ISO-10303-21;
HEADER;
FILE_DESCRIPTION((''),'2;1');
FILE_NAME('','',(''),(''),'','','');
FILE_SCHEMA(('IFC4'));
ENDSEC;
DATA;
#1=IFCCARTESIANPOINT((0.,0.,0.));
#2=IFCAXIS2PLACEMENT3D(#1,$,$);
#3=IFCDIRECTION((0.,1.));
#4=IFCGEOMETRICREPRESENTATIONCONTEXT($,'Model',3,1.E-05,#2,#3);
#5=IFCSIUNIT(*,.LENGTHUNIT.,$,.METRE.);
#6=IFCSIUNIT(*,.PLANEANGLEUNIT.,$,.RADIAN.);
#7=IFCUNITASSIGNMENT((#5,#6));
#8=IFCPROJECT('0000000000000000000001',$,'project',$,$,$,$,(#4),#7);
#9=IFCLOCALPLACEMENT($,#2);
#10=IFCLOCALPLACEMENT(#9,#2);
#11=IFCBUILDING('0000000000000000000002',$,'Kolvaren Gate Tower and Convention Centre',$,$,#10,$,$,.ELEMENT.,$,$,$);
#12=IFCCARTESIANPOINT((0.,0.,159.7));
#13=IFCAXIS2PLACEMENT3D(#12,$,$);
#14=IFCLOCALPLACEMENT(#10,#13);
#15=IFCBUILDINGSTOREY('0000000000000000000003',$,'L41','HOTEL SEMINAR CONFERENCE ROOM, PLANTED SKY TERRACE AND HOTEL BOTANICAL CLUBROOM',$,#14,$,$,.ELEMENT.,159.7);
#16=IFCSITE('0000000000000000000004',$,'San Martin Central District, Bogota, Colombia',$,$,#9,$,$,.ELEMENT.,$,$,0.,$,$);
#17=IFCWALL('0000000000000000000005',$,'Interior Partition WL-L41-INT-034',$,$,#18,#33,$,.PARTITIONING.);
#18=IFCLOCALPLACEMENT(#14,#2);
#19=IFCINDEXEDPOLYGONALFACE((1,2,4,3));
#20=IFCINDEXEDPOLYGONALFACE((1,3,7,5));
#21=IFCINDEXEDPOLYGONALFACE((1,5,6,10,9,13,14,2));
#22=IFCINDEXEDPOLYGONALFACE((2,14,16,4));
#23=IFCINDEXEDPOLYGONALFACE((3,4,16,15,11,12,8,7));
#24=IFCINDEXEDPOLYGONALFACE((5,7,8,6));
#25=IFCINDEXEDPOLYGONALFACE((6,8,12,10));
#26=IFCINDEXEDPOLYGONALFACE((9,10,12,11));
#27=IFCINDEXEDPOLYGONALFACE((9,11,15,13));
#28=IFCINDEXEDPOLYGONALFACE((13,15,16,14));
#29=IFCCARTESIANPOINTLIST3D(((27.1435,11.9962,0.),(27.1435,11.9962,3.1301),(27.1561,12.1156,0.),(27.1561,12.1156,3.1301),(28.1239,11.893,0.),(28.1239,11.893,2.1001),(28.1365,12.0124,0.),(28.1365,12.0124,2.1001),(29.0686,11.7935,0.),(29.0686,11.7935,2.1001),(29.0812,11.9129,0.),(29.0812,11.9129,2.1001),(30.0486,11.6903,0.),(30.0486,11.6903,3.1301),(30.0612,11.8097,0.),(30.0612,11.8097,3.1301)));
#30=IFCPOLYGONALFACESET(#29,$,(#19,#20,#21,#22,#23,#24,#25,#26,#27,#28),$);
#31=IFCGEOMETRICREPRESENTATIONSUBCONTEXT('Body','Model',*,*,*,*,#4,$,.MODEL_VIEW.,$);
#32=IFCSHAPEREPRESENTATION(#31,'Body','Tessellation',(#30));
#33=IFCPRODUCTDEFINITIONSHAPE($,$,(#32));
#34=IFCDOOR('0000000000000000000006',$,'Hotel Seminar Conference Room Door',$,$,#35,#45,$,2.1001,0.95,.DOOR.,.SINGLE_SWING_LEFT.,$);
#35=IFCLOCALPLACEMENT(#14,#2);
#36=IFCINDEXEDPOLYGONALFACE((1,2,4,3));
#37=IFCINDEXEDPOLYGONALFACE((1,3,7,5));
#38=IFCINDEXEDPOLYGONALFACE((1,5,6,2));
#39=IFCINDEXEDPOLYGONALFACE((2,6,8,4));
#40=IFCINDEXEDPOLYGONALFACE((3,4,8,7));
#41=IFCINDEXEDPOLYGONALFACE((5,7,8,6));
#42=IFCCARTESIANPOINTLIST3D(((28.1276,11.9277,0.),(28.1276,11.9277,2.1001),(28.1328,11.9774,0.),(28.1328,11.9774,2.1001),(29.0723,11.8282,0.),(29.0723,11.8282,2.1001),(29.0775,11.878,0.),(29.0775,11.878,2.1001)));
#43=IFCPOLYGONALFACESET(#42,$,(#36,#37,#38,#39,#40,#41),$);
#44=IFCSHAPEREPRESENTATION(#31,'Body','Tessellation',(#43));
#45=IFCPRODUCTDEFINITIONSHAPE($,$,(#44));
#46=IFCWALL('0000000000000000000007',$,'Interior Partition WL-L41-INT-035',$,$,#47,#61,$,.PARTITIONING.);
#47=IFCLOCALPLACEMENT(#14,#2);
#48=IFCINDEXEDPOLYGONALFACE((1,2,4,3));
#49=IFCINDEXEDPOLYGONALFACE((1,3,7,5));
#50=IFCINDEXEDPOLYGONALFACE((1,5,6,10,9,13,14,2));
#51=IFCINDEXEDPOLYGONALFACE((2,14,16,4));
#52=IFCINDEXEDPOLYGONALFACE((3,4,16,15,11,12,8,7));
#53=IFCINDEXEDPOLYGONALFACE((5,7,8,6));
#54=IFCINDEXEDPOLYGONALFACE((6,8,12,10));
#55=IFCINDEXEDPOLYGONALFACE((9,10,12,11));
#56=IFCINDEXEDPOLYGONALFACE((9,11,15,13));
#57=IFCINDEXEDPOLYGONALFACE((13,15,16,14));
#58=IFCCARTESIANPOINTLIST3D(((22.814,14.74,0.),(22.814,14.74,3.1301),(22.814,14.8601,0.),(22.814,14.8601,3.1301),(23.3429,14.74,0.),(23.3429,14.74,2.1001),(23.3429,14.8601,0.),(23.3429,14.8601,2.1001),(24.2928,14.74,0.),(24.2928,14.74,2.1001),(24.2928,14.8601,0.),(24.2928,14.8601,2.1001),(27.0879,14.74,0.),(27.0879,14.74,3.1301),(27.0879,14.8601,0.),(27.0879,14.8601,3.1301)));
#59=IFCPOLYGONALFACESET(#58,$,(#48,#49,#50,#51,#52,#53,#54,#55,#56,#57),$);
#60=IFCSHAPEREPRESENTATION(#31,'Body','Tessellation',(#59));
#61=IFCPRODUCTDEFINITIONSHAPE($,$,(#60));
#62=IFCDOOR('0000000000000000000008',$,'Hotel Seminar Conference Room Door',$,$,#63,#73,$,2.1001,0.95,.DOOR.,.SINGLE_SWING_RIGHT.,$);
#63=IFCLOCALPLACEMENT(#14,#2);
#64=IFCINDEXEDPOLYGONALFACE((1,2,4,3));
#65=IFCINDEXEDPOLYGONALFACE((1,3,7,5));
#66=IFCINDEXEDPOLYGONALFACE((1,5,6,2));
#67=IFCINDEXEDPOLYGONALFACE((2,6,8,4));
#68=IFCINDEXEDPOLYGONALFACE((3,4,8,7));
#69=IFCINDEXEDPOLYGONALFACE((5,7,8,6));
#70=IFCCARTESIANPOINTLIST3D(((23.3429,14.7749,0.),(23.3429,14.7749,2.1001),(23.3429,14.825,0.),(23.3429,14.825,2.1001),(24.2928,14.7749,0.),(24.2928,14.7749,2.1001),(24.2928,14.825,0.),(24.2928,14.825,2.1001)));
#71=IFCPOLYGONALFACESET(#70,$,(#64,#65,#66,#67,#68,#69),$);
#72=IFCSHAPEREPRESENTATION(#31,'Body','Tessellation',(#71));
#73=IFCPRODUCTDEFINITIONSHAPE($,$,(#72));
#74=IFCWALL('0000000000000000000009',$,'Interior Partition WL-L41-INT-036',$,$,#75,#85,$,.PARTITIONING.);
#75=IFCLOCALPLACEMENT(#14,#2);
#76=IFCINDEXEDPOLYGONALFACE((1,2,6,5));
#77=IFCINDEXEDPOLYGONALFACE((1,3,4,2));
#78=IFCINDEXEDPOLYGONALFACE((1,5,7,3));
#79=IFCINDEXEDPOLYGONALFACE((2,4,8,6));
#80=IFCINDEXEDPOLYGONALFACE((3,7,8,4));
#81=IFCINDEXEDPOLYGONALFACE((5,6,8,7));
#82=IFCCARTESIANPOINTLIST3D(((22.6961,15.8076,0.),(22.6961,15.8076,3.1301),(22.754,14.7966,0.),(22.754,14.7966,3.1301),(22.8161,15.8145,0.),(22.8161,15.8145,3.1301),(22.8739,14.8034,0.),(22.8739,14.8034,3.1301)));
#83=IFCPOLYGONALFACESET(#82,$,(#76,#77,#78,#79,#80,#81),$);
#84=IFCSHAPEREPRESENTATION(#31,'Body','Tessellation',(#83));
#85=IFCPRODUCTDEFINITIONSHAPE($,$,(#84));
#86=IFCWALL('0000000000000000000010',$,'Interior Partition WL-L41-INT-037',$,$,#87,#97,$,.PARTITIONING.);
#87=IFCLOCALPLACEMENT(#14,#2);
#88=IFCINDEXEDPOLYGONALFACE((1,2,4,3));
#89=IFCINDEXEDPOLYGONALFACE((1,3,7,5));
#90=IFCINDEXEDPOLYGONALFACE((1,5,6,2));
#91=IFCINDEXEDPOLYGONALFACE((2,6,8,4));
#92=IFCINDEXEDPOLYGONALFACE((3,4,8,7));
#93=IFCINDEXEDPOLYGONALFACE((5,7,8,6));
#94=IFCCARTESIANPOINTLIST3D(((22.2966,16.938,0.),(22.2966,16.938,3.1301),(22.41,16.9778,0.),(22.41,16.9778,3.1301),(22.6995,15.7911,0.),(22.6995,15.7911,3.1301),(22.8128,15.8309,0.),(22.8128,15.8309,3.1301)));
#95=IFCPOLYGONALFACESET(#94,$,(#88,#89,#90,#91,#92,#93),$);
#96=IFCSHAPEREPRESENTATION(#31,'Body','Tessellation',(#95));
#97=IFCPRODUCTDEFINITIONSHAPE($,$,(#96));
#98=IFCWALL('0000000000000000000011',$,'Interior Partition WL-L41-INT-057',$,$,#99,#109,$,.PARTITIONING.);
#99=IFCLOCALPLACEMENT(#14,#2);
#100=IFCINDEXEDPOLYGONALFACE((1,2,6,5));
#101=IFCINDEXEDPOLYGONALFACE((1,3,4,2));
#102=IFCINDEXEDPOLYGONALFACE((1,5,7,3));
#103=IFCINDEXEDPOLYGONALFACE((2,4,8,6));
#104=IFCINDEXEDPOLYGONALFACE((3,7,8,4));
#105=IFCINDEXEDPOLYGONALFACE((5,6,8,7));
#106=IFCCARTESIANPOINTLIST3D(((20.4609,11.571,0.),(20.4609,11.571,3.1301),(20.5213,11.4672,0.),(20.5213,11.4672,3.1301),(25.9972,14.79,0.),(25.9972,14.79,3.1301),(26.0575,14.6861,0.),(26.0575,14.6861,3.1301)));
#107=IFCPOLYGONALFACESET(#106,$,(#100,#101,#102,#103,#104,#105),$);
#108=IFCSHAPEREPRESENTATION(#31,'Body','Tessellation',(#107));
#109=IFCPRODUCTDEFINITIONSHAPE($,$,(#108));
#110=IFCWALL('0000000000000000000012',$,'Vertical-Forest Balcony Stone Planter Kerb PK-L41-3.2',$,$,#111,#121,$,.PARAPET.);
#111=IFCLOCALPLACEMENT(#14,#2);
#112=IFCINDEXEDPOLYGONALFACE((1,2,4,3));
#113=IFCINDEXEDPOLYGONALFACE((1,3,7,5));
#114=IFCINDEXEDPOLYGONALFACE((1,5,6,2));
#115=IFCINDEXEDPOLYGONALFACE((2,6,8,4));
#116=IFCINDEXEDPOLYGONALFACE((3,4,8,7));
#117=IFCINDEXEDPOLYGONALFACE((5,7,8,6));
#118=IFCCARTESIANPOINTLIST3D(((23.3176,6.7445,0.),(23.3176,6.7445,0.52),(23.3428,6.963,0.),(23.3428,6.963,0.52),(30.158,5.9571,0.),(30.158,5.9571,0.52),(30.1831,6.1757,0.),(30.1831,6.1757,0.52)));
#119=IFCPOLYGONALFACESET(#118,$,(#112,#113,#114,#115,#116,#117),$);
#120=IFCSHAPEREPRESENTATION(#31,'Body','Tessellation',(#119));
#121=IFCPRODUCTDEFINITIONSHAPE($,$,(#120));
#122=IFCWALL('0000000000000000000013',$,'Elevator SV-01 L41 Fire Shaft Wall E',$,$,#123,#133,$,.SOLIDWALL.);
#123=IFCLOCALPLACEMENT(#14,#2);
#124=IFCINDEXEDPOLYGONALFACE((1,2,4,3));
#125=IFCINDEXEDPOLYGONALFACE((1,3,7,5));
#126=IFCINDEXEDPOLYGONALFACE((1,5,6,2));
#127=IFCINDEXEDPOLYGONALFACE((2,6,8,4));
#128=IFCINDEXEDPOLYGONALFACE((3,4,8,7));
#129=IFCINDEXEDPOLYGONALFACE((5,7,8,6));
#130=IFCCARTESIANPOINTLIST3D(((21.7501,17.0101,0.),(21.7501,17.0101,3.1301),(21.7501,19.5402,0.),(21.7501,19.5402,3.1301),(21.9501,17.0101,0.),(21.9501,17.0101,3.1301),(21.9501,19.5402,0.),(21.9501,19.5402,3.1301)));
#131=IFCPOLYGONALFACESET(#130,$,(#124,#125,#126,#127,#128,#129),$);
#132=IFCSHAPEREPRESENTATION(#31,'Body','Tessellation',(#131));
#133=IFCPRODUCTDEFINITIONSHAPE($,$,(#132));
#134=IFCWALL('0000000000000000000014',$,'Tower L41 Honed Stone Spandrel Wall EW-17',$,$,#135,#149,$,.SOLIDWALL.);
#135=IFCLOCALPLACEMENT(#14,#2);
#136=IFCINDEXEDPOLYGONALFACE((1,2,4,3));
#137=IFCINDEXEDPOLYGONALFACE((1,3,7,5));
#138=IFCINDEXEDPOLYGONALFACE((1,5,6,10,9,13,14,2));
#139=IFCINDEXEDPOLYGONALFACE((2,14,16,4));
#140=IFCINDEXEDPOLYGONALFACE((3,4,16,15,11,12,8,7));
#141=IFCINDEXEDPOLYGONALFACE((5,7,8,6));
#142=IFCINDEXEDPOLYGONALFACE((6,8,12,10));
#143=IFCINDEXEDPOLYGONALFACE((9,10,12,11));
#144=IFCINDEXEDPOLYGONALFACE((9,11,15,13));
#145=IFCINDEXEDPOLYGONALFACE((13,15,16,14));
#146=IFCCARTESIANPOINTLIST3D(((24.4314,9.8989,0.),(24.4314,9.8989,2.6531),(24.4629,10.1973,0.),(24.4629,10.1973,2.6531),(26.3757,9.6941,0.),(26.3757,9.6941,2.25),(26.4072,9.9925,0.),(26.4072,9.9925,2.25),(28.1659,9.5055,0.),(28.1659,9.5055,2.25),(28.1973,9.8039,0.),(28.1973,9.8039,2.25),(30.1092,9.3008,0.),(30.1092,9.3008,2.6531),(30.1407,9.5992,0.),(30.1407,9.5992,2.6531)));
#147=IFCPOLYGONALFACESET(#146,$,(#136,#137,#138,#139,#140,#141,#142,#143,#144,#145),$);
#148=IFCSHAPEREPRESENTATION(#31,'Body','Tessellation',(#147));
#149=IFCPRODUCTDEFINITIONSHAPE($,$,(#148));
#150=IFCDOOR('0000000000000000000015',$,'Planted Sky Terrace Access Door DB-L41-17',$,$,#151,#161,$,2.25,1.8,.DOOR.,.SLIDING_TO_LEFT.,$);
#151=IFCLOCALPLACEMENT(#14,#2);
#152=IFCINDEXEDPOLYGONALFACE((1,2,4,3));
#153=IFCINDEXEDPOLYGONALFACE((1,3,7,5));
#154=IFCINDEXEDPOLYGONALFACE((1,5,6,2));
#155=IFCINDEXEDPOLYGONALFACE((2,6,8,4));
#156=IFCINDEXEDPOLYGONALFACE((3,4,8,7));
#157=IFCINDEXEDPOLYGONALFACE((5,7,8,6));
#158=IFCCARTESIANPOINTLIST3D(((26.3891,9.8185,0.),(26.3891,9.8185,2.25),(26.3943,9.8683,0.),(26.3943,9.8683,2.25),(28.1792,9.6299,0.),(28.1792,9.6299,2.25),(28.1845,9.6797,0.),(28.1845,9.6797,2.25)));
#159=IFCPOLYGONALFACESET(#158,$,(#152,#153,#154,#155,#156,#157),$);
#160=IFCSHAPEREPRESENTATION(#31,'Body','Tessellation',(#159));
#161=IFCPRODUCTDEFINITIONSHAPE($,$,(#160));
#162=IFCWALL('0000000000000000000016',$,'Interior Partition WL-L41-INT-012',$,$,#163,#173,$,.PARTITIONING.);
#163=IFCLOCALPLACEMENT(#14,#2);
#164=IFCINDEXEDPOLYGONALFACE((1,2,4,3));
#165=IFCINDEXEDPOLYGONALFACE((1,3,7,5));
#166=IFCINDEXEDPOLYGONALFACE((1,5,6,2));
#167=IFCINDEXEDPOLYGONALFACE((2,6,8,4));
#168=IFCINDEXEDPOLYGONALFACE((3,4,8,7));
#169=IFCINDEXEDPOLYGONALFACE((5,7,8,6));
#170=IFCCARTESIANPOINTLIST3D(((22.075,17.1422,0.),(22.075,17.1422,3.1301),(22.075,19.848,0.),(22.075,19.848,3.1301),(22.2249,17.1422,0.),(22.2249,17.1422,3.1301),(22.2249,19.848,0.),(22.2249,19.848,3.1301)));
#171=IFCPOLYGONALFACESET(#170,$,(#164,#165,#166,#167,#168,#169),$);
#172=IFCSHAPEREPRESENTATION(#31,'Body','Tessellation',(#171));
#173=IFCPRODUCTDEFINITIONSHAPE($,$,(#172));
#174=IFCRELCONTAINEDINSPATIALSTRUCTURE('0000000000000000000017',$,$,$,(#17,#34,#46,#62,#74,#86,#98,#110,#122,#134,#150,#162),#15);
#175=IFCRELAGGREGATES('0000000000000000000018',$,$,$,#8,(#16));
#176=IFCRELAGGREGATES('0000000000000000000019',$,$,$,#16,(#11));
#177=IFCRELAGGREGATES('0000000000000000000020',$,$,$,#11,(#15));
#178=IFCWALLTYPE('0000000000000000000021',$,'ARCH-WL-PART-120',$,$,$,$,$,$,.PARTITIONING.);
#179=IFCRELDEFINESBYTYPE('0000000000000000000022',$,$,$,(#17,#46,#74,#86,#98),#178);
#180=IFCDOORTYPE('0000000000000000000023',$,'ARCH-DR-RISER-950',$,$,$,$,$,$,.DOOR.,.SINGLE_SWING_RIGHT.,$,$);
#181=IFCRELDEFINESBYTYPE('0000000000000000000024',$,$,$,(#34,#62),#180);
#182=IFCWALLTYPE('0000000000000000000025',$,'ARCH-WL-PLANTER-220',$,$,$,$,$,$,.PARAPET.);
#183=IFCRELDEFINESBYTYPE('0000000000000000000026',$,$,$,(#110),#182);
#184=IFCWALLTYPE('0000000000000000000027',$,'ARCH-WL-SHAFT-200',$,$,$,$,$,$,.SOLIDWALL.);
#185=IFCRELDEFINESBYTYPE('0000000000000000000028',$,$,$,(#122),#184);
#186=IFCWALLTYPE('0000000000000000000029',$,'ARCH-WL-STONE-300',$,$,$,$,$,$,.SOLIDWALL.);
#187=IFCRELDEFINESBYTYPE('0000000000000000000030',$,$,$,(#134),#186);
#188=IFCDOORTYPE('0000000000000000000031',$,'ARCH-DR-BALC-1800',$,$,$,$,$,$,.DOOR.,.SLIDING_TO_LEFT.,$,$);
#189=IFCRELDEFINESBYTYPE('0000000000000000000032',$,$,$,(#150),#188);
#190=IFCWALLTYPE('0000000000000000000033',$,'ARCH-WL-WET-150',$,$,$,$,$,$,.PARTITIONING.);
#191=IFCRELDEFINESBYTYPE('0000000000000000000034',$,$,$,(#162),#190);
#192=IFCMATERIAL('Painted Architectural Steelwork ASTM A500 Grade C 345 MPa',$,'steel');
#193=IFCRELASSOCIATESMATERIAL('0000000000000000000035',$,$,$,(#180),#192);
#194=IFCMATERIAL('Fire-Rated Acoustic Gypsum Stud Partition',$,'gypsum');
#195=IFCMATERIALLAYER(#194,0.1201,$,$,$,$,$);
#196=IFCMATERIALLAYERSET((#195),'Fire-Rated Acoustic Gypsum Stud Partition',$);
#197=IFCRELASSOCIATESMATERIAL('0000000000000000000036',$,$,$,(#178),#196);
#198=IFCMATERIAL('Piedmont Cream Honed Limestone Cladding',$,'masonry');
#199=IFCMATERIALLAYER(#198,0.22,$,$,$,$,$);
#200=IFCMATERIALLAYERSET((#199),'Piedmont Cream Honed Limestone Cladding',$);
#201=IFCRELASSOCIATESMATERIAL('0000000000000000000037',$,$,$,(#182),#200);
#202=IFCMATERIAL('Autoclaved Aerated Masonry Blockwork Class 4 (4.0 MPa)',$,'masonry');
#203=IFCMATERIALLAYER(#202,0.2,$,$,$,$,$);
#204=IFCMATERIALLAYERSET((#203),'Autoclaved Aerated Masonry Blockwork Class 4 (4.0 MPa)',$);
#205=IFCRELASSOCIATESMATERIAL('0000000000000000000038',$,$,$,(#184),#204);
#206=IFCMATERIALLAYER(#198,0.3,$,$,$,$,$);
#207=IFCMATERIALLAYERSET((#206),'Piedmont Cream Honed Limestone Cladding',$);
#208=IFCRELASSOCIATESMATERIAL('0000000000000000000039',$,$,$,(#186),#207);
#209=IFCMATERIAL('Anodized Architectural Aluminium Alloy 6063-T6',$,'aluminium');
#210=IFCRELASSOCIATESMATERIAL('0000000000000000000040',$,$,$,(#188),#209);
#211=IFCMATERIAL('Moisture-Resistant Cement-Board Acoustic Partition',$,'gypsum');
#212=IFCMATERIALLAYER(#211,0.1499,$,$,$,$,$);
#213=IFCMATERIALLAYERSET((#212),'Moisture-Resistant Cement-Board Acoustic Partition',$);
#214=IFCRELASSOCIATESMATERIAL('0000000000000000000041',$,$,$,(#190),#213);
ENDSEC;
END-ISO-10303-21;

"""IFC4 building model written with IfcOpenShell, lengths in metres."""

from ifc_helpers import new_model, si_unit, direction, frame, frame_2d, origin, place, context, subcontext, project, spatial, rectangle, extrude, material, layer, layer_set, type_object, element, fill, save


model = new_model("IFC4")

# Units and contexts
model_context = context("Model", 3, precision=1e-05, world=origin(), true_north=direction((0.0, 1.0)))
body_context = subcontext(model_context, "Body", "Model", "MODEL_VIEW")
ifc_project = project(units=[si_unit("LENGTHUNIT", "METRE"), si_unit("PLANEANGLEUNIT", "RADIAN")], contexts=[model_context])

# Site, building, storey
site_placement = place(None, origin())
site = spatial("IfcSite", under=ifc_project, at=site_placement, Name="San Martin Central District, Bogota, Colombia", CompositionType="ELEMENT", RefElevation=0.0)
building_placement = place(site_placement, origin())
building = spatial("IfcBuilding", under=site, at=building_placement, Name="Kolvaren Gate Tower and Convention Centre", CompositionType="ELEMENT")
storey_placement = place(building_placement, frame((0.0, 0.0, 159.7)))
storey = spatial("IfcBuildingStorey", under=building, at=storey_placement, Name="L41", Description="HOTEL SEMINAR CONFERENCE ROOM, PLANTED SKY TERRACE AND HOTEL BOTANICAL CLUBROOM", CompositionType="ELEMENT", Elevation=159.7)

# Shared definitions
ifc_material_1 = material(Name="Autoclaved Aerated Masonry Blockwork Class 4 (4.0 MPa)", Category="masonry")
ifc_material_2 = material(Name="Painted Architectural Steelwork ASTM A500 Grade C 345 MPa", Category="steel")
door_type_1 = type_object("IfcDoorType", Name="ARCH-DR-RISER-950", OperationType="SINGLE_SWING_RIGHT", PredefinedType="DOOR", material=ifc_material_2)

# Shared definitions
ifc_material_3 = material(Name="Fire-Rated Acoustic Gypsum Stud Partition", Category="gypsum")
ifc_layer_1 = layer(ifc_material_3, 0.1201)
ifc_layer_set_1 = layer_set([ifc_layer_1], Name="Fire-Rated Acoustic Gypsum Stud Partition")
wall_type_1 = type_object("IfcWallType", Name="ARCH-WL-PART-120", PredefinedType="PARTITIONING", material=ifc_layer_set_1)

# Walls, openings, doors
wall_1_placement = place(storey_placement, frame((27.1499, 12.0559, 0.0), z_axis=(0.0, 0.0, 1.0), x_axis=(0.994501, -0.104724, 0.0)))
wall_1 = element("IfcWall", 1, at=wall_1_placement, inside=storey, type_object=wall_type_1, Name="Interior Partition WL-L41-INT-034", PredefinedType="PARTITIONING", context=body_context, shape_type="SweptSolid", body=[
    extrude(rectangle(XDim=2.9211, YDim=0.1201, at=frame_2d((1.4604, 0.0))), origin(), (0.0, 0.0, 1.0), 3.1301),
])
opening_1_placement = place(wall_1_placement, frame((0.9856, 0.0, 0.0)))
opening_1 = element("IfcOpeningElement", 2, at=opening_1_placement, cuts=wall_1, PredefinedType="OPENING", context=body_context, shape_type="SweptSolid", body=[
    extrude(rectangle(XDim=0.95, YDim=2.1001, at=frame_2d((0.4751, 1.05))), frame((0.0, 0.0701, 0.0), z_axis=(0.0, -1.0, 0.0), x_axis=(1.0, 0.0, 0.0)), (0.0, 0.0, 1.0), 0.1401),
])
door_1_placement = place(opening_1_placement, origin())
door_1 = element("IfcDoor", 3, at=door_1_placement, inside=storey, type_object=door_type_1, Name="Hotel Seminar Conference Room Door", OperationType="SINGLE_SWING_LEFT", OverallHeight=2.1001, OverallWidth=0.95, PredefinedType="DOOR", context=body_context, shape_type="SweptSolid", body=[
    extrude(rectangle(XDim=0.95, YDim=2.1001, at=frame_2d((0.4751, 1.05))), frame((0.0, 0.0249, 0.0), z_axis=(0.0, -1.0, 0.0), x_axis=(1.0, 0.0, 0.0)), (0.0, 0.0, 1.0), 0.05),
])
fill(opening_1, door_1)
wall_2_placement = place(storey_placement, frame((22.814, 14.8, 0.0), z_axis=(0.0, 0.0, 1.0), x_axis=(1.0, 0.0, 0.0)))
wall_2 = element("IfcWall", 4, at=wall_2_placement, inside=storey, type_object=wall_type_1, Name="Interior Partition WL-L41-INT-035", PredefinedType="PARTITIONING", context=body_context, shape_type="SweptSolid", body=[
    extrude(rectangle(XDim=4.2739, YDim=0.1201, at=frame_2d((2.137, 0.0))), origin(), (0.0, 0.0, 1.0), 3.1301),
])
opening_2_placement = place(wall_2_placement, frame((0.5288, 0.0, 0.0)))
opening_2 = element("IfcOpeningElement", 5, at=opening_2_placement, cuts=wall_2, PredefinedType="OPENING", context=body_context, shape_type="SweptSolid", body=[
    extrude(rectangle(XDim=0.95, YDim=2.1001, at=frame_2d((0.4751, 1.05))), frame((0.0, 0.0701, 0.0), z_axis=(0.0, -1.0, 0.0), x_axis=(1.0, 0.0, 0.0)), (0.0, 0.0, 1.0), 0.1401),
])
door_2_placement = place(opening_2_placement, origin())
door_2 = element("IfcDoor", 6, at=door_2_placement, inside=storey, type_object=door_type_1, Name="Hotel Seminar Conference Room Door", OperationType="SINGLE_SWING_RIGHT", OverallHeight=2.1001, OverallWidth=0.95, PredefinedType="DOOR", context=body_context, shape_type="SweptSolid", body=[
    extrude(rectangle(XDim=0.95, YDim=2.1001, at=frame_2d((0.4751, 1.05))), frame((0.0, 0.0249, 0.0), z_axis=(0.0, -1.0, 0.0), x_axis=(1.0, 0.0, 0.0)), (0.0, 0.0, 1.0), 0.05),
])
fill(opening_2, door_2)

# Walls
wall_3_placement = place(storey_placement, frame((22.7561, 15.811, 0.0), z_axis=(0.0, 0.0, 1.0), x_axis=(0.057139, -0.998366, 0.0)))
element("IfcWall", 7, at=wall_3_placement, inside=storey, type_object=wall_type_1, Name="Interior Partition WL-L41-INT-036", PredefinedType="PARTITIONING", context=body_context, shape_type="SweptSolid", body=[
    extrude(rectangle(XDim=1.0127, YDim=0.1201, at=frame_2d((0.5063, 0.0))), origin(), (0.0, 0.0, 1.0), 3.1301),
])
wall_4_placement = place(storey_placement, frame((22.3533, 16.958, 0.0), z_axis=(0.0, 0.0, 1.0), x_axis=(0.33137, -0.943501, 0.0)))
element("IfcWall", 8, at=wall_4_placement, inside=storey, type_object=wall_type_1, Name="Interior Partition WL-L41-INT-037", PredefinedType="PARTITIONING", context=body_context, shape_type="SweptSolid", body=[
    extrude(rectangle(XDim=1.2156, YDim=0.1201, at=frame_2d((0.6079, 0.0))), origin(), (0.0, 0.0, 1.0), 3.1301),
])
wall_5_placement = place(storey_placement, frame((20.491, 11.519, 0.0), z_axis=(0.0, 0.0, 1.0), x_axis=(0.864496, 0.50264, 0.0)))
element("IfcWall", 9, at=wall_5_placement, inside=storey, type_object=wall_type_1, Name="Interior Partition WL-L41-INT-057", PredefinedType="PARTITIONING", context=body_context, shape_type="SweptSolid", body=[
    extrude(rectangle(XDim=6.4041, YDim=0.1201, at=frame_2d((3.2021, 0.0))), origin(), (0.0, 0.0, 1.0), 3.1301),
])
ifc_material_4 = material(Name="Piedmont Cream Honed Limestone Cladding", Category="masonry")
ifc_layer_2 = layer(ifc_material_4, 0.22)
ifc_layer_set_2 = layer_set([ifc_layer_2], Name="Piedmont Cream Honed Limestone Cladding")
wall_type_2 = type_object("IfcWallType", Name="ARCH-WL-PLANTER-220", PredefinedType="PARAPET", material=ifc_layer_set_2)
wall_6_placement = place(storey_placement, frame((23.3301, 6.8538, 0.0), z_axis=(0.0, 0.0, 1.0), x_axis=(0.993441, -0.11435, 0.0)))
element("IfcWall", 10, at=wall_6_placement, inside=storey, type_object=wall_type_2, Name="Vertical-Forest Balcony Stone Planter Kerb PK-L41-3.2", PredefinedType="PARAPET", context=body_context, shape_type="SweptSolid", body=[
    extrude(rectangle(XDim=6.8855, YDim=0.22, at=frame_2d((3.4429, 0.0))), origin(), (0.0, 0.0, 1.0), 0.52),
])
ifc_layer_3 = layer(ifc_material_1, 0.2)
ifc_layer_set_3 = layer_set([ifc_layer_3], Name="Autoclaved Aerated Masonry Blockwork Class 4 (4.0 MPa)")
wall_type_3 = type_object("IfcWallType", Name="ARCH-WL-SHAFT-200", PredefinedType="SOLIDWALL", material=ifc_layer_set_3)
wall_7_placement = place(storey_placement, frame((21.8501, 17.01, 0.0), z_axis=(0.0, 0.0, 1.0), x_axis=(0.0, 1.0, 0.0)))
element("IfcWall", 11, at=wall_7_placement, inside=storey, type_object=wall_type_3, Name="Elevator SV-01 L41 Fire Shaft Wall E", PredefinedType="SOLIDWALL", context=body_context, shape_type="SweptSolid", body=[
    extrude(rectangle(XDim=2.53, YDim=0.2, at=frame_2d((1.2651, 0.0))), origin(), (0.0, 0.0, 1.0), 3.1301),
])

# Wall, opening, door
ifc_layer_4 = layer(ifc_material_4, 0.3)
ifc_layer_set_4 = layer_set([ifc_layer_4], Name="Piedmont Cream Honed Limestone Cladding")
wall_type_4 = type_object("IfcWallType", Name="ARCH-WL-STONE-300", PredefinedType="SOLIDWALL", material=ifc_layer_set_4)
wall_8_placement = place(storey_placement, frame((24.4473, 10.0481, 0.0), z_axis=(0.0, 0.0, 1.0), x_axis=(0.994497, -0.104769, 0.0)))
wall_8 = element("IfcWall", 12, at=wall_8_placement, inside=storey, type_object=wall_type_4, Name="Tower L41 Honed Stone Spandrel Wall EW-17", PredefinedType="SOLIDWALL", context=body_context, shape_type="SweptSolid", body=[
    extrude(rectangle(XDim=5.7092, YDim=0.3, at=frame_2d((2.8545, 0.0))), origin(), (0.0, 0.0, 1.0), 2.6531),
])
opening_3_placement = place(wall_8_placement, frame((1.9551, 0.0, 0.0)))
opening_3 = element("IfcOpeningElement", 13, at=opening_3_placement, cuts=wall_8, PredefinedType="OPENING", context=body_context, shape_type="SweptSolid", body=[
    extrude(rectangle(XDim=1.8, YDim=2.25, at=frame_2d((0.8999, 1.125))), frame((0.0, 0.1599, 0.0), z_axis=(0.0, -1.0, 0.0), x_axis=(1.0, 0.0, 0.0)), (0.0, 0.0, 1.0), 0.3201),
])
ifc_material_5 = material(Name="Anodized Architectural Aluminium Alloy 6063-T6", Category="aluminium")
door_type_2 = type_object("IfcDoorType", Name="ARCH-DR-BALC-1800", OperationType="SLIDING_TO_LEFT", PredefinedType="DOOR", material=ifc_material_5)
door_3_placement = place(opening_3_placement, frame((1.8, 0.0, 0.0), z_axis=(0.0, 0.0, 1.0), x_axis=(-1.0, 0.0, 0.0)))
door_3 = element("IfcDoor", 14, at=door_3_placement, inside=storey, type_object=door_type_2, Name="Planted Sky Terrace Access Door DB-L41-17", OperationType="SLIDING_TO_LEFT", OverallHeight=2.25, OverallWidth=1.8, PredefinedType="DOOR", context=body_context, shape_type="SweptSolid", body=[
    extrude(rectangle(XDim=1.8, YDim=2.25, at=frame_2d((0.8999, 1.125))), frame((0.0, 0.0249, 0.0), z_axis=(0.0, -1.0, 0.0), x_axis=(1.0, 0.0, 0.0)), (0.0, 0.0, 1.0), 0.05),
])
fill(opening_3, door_3)

# Wall
ifc_material_6 = material(Name="Moisture-Resistant Cement-Board Acoustic Partition", Category="gypsum")
ifc_layer_5 = layer(ifc_material_6, 0.1499)
ifc_layer_set_5 = layer_set([ifc_layer_5], Name="Moisture-Resistant Cement-Board Acoustic Partition")
wall_type_5 = type_object("IfcWallType", Name="ARCH-WL-WET-150", PredefinedType="PARTITIONING", material=ifc_layer_set_5)
wall_9_placement = place(storey_placement, frame((22.1499, 17.1421, 0.0), z_axis=(0.0, 0.0, 1.0), x_axis=(0.0, 1.0, 0.0)))
element("IfcWall", 15, at=wall_9_placement, inside=storey, type_object=wall_type_5, Name="Interior Partition WL-L41-INT-012", PredefinedType="PARTITIONING", context=body_context, shape_type="SweptSolid", body=[
    extrude(rectangle(XDim=2.7058, YDim=0.1499, at=frame_2d((1.353, 0.0))), origin(), (0.0, 0.0, 1.0), 3.1301),
])

save(model, "model.ifc")
